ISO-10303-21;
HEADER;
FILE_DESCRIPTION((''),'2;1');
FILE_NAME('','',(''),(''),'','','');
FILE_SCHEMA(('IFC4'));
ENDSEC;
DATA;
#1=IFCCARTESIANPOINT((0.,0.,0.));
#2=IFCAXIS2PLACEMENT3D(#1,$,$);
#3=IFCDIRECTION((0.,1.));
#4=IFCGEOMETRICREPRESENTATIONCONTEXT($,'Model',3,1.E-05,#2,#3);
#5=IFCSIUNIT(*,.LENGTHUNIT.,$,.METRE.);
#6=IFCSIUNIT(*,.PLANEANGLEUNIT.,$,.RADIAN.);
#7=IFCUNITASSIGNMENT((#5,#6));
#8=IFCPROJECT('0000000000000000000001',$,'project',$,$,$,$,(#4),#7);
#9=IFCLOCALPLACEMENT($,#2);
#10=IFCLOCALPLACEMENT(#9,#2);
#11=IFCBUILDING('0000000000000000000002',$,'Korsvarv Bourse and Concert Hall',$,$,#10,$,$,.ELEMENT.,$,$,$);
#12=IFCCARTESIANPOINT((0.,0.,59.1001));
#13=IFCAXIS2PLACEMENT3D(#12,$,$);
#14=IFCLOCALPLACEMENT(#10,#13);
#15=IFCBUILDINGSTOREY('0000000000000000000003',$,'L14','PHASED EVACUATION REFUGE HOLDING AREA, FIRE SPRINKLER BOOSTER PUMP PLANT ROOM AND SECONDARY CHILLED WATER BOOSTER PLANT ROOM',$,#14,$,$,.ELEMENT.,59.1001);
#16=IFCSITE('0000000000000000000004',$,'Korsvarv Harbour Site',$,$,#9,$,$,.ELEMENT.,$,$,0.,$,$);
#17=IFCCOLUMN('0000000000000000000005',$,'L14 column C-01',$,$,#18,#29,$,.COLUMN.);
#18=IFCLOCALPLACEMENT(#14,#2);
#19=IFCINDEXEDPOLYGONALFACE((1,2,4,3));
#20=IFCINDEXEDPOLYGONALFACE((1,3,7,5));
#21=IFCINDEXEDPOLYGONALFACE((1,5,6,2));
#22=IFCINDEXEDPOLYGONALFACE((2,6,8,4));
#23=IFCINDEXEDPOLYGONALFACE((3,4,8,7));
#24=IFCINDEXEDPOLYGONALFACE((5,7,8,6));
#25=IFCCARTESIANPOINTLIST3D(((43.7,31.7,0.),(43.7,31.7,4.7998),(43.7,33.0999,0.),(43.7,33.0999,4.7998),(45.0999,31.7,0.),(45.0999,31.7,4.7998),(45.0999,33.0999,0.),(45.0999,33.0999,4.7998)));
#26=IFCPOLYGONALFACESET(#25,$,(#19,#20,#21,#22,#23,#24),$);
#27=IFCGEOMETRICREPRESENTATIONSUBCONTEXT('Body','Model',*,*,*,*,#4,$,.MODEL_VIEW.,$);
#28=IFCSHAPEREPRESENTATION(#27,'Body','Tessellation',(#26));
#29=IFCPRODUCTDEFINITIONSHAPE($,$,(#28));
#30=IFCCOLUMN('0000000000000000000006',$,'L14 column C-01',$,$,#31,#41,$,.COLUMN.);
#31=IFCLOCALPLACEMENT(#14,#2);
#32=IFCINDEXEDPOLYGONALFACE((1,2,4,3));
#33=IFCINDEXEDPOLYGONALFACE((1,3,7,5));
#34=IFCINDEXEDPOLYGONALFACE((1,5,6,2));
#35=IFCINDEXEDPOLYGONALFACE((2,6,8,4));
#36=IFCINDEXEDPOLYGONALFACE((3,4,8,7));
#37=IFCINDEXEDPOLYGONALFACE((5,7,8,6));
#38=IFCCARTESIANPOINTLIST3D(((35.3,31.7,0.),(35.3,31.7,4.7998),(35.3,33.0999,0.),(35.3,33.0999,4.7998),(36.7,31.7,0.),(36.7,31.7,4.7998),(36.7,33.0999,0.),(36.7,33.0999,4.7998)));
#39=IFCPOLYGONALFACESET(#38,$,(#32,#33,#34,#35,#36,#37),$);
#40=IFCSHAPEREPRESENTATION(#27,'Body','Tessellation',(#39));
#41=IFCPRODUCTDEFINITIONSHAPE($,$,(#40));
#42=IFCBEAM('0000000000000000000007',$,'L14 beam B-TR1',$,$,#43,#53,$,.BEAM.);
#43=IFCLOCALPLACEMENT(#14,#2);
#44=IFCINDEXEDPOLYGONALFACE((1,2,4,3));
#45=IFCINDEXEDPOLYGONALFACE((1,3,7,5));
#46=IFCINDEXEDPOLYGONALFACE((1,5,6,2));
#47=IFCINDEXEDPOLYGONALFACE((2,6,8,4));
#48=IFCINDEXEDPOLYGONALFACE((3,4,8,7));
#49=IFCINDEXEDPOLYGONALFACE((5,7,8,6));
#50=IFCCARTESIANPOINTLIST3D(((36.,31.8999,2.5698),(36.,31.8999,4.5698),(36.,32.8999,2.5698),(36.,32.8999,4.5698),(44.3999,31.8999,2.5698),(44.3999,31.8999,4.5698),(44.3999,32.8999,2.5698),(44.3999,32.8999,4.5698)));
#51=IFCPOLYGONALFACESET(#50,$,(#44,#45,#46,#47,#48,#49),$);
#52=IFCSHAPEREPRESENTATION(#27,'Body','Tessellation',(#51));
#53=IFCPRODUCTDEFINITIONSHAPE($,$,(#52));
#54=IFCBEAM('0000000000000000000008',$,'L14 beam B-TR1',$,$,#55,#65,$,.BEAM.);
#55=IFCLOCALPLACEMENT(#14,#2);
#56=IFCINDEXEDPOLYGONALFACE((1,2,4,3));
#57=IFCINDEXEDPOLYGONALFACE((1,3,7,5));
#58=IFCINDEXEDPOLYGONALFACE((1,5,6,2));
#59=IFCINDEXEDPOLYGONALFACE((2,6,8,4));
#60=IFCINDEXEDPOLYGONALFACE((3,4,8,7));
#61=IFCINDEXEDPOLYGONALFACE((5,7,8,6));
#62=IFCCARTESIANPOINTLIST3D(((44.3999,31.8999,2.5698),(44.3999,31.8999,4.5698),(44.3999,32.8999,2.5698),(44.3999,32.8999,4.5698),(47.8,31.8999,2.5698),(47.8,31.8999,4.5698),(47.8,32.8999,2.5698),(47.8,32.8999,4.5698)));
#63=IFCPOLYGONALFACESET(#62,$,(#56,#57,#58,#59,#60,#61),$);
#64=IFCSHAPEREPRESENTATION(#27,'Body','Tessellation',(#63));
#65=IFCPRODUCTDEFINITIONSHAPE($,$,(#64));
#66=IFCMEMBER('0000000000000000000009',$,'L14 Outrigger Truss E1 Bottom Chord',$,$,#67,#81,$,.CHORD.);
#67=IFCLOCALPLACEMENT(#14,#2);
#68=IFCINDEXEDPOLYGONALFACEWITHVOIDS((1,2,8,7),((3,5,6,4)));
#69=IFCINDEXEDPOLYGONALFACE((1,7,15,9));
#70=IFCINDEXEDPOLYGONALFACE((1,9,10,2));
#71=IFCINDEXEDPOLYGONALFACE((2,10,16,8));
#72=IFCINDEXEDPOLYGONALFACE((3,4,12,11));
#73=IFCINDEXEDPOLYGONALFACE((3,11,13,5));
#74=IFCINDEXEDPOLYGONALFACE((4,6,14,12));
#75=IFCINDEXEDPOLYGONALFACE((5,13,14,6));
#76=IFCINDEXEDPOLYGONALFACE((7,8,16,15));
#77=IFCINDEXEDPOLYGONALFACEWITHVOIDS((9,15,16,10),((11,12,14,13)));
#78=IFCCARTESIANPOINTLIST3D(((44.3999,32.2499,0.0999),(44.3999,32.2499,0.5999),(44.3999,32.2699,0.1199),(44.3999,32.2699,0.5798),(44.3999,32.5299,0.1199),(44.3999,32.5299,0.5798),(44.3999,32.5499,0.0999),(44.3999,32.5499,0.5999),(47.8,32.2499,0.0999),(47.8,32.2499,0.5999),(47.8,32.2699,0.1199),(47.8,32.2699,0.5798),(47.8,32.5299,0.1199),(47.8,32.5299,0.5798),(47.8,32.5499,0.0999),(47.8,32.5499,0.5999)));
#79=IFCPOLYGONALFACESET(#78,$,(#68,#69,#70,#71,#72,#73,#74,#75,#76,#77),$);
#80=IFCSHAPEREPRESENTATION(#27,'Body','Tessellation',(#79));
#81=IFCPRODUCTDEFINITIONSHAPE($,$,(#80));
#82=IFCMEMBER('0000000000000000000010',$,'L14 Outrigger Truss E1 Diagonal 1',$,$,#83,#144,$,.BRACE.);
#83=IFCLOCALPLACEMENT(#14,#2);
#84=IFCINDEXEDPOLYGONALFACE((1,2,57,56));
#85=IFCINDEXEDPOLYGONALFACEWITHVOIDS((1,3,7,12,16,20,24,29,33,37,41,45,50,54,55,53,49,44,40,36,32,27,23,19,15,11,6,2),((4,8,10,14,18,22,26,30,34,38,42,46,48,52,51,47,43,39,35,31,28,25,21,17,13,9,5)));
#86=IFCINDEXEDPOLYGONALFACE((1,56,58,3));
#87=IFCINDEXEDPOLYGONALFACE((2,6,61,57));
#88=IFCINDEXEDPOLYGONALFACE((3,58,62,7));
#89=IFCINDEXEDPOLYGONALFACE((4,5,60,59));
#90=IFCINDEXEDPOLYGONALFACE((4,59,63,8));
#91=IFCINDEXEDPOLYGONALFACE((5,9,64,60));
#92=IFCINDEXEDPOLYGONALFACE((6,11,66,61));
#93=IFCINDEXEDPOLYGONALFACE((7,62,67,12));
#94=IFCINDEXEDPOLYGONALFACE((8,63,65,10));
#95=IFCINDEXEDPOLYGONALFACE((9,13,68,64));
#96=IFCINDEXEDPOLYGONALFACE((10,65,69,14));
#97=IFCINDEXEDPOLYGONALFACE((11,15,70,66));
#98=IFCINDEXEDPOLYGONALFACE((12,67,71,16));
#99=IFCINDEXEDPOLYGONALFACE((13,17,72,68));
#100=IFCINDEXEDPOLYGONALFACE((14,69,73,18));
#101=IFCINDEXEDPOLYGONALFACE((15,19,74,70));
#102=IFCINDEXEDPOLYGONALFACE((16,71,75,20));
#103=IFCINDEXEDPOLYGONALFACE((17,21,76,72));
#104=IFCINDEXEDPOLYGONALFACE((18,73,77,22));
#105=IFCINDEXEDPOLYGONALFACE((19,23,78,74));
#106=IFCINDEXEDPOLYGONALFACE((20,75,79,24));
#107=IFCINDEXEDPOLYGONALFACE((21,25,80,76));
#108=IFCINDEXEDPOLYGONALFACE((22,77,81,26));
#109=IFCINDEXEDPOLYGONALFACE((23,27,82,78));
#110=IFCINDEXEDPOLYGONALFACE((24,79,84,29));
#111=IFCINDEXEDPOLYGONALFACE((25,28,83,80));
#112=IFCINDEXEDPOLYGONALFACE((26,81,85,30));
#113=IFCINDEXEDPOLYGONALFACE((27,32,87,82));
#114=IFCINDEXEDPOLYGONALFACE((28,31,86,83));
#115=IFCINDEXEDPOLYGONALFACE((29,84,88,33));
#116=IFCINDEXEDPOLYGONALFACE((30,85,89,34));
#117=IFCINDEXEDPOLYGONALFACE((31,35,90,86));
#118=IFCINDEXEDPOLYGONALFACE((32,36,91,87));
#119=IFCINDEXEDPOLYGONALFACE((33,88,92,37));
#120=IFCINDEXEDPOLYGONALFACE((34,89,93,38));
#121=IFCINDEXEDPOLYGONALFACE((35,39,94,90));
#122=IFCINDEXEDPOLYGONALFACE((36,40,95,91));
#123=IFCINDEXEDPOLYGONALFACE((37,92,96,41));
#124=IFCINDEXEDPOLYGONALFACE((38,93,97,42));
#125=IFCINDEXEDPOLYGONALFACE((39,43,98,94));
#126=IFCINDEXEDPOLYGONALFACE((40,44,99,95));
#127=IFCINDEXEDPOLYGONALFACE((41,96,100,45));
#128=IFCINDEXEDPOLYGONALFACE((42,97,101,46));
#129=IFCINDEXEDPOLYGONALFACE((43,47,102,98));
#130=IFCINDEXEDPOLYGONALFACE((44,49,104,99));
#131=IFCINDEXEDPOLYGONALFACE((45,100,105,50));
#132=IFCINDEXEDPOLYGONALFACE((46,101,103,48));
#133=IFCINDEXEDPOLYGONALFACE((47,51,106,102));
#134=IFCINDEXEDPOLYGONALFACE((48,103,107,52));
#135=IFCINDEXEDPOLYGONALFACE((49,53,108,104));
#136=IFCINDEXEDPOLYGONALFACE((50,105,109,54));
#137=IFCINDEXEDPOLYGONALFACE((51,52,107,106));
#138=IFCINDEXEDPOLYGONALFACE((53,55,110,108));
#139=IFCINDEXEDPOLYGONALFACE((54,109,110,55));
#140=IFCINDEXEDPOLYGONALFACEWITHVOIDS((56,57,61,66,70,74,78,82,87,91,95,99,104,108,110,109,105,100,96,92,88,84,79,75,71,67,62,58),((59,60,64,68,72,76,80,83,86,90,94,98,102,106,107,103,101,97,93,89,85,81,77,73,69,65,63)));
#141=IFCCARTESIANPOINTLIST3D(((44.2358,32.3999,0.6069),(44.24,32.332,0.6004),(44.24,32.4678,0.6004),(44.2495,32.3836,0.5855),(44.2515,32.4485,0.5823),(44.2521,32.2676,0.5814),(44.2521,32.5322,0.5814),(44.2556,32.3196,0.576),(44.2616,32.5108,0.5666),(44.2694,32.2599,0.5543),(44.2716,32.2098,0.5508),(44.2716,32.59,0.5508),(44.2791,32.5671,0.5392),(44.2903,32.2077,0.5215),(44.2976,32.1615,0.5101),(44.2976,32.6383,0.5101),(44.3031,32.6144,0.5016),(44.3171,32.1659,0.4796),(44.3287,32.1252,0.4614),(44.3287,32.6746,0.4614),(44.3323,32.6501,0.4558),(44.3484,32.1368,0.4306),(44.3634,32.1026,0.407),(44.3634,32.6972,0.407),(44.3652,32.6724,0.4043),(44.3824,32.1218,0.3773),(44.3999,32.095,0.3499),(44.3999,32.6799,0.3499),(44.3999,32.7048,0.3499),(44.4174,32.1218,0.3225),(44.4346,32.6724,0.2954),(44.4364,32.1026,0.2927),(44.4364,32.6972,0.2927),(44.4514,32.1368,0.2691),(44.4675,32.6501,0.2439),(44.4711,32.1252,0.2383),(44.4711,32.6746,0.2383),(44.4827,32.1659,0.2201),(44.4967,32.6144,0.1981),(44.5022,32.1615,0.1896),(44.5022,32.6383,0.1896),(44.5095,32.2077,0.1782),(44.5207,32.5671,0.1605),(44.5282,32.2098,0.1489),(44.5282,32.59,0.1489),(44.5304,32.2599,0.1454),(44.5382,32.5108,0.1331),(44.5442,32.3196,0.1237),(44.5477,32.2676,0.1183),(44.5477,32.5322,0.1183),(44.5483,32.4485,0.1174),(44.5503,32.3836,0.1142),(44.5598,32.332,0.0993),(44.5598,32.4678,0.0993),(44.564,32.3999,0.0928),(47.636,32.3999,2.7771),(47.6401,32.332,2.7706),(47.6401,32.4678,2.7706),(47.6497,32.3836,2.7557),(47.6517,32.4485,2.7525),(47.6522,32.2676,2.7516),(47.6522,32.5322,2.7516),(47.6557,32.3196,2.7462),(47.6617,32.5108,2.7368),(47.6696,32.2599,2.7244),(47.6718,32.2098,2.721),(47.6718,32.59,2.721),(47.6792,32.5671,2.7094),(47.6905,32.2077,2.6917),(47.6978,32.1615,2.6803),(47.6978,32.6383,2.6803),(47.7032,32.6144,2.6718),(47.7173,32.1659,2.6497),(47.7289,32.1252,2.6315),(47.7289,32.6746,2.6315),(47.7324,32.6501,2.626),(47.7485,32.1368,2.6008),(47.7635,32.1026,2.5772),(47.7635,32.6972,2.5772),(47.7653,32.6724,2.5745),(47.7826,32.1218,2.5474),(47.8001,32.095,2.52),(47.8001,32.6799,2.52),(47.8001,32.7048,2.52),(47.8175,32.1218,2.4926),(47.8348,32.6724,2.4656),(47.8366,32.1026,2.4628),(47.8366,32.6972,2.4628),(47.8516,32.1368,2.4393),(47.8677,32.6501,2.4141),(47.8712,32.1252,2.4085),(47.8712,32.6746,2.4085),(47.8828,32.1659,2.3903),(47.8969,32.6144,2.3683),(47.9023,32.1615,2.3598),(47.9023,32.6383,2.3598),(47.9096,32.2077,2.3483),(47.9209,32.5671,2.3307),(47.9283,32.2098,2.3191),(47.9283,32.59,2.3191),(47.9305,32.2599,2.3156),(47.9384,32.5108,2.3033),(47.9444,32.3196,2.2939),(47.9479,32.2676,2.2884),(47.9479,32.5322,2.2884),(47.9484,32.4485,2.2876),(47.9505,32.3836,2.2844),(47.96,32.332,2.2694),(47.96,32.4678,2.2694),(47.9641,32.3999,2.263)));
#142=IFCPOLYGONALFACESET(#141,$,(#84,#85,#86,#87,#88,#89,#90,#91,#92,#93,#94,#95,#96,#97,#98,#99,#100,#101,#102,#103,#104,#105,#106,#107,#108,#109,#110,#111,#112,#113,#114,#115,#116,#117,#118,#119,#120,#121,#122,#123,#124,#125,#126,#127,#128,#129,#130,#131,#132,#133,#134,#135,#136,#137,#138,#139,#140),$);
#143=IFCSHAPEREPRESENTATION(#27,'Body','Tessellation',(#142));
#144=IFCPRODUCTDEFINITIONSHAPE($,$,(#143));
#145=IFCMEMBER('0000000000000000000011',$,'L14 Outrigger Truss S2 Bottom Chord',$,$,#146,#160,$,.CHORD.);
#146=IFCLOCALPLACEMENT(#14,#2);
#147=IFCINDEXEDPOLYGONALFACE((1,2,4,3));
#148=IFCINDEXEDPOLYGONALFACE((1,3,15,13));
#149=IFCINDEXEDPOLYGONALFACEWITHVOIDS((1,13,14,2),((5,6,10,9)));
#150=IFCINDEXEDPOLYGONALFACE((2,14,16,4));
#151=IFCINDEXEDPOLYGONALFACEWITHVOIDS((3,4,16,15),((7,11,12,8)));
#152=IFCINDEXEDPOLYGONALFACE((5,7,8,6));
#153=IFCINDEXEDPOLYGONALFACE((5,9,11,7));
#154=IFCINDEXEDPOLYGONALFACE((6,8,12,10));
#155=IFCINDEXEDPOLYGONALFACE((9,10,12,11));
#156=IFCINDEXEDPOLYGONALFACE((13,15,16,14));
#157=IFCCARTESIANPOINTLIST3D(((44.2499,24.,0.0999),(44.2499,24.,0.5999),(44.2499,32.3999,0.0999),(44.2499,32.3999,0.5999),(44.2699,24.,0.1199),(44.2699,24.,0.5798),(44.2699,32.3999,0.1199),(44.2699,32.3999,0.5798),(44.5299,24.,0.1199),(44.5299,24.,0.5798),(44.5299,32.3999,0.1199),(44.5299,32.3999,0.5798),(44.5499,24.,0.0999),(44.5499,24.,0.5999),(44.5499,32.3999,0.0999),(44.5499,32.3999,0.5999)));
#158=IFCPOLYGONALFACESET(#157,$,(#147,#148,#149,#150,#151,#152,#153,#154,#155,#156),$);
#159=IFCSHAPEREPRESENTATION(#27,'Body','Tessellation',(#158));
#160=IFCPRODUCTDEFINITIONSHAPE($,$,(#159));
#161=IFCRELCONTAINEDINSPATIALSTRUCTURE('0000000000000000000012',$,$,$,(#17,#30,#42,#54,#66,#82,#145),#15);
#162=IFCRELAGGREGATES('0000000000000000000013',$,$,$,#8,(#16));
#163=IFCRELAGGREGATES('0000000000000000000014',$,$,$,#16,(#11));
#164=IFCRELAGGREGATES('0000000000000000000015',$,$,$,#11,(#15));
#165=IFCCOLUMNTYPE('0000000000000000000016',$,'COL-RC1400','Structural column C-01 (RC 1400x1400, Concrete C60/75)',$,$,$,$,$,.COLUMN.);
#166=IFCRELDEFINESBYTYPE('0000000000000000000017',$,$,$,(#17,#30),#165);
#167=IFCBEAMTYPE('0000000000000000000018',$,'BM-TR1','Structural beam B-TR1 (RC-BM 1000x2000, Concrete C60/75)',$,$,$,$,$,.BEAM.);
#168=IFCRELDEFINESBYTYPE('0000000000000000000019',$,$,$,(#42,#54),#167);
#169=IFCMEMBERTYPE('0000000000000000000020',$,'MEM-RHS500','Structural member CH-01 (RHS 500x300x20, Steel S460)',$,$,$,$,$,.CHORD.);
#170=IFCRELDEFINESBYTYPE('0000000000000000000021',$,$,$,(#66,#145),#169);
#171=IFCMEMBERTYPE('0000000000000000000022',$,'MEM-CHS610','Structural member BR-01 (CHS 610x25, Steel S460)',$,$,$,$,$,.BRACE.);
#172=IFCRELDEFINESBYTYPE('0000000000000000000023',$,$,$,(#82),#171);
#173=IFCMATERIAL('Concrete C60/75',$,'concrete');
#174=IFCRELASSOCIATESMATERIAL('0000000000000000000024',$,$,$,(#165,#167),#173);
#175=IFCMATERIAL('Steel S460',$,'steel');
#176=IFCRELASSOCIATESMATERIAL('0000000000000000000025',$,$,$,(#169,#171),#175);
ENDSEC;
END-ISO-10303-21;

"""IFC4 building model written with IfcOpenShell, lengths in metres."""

from ifc_helpers import new_model, si_unit, direction, frame, origin, origin_2d, place, context, subcontext, project, spatial, rectangle, hollow_rectangle, hollow_circle, extrude, source, transform, mapped, material, material_profile, profile_set, type_object, element, save


model = new_model("IFC4")

# Units and contexts
model_context = context("Model", 3, precision=1e-05, world=origin(), true_north=direction((0.0, 1.0)))
body_context = subcontext(model_context, "Body", "Model", "MODEL_VIEW")
ifc_project = project(units=[si_unit("LENGTHUNIT", "METRE"), si_unit("PLANEANGLEUNIT", "RADIAN")], contexts=[model_context])

# Site, building, storey
site_placement = place(None, origin())
site = spatial("IfcSite", under=ifc_project, at=site_placement, Name="Korsvarv Harbour Site", CompositionType="ELEMENT", RefElevation=0.0)
building_placement = place(site_placement, origin())
building = spatial("IfcBuilding", under=site, at=building_placement, Name="Korsvarv Bourse and Concert Hall", CompositionType="ELEMENT")
storey_placement = place(building_placement, frame((0.0, 0.0, 59.1001)))
storey = spatial("IfcBuildingStorey", under=building, at=storey_placement, Name="L14", Description="PHASED EVACUATION REFUGE HOLDING AREA, FIRE SPRINKLER BOOSTER PUMP PLANT ROOM AND SECONDARY CHILLED WATER BOOSTER PLANT ROOM", CompositionType="ELEMENT", Elevation=59.1001)

# Columns
ifc_material_1 = material(Name="Concrete C60/75", Category="concrete")
ifc_material_profile_1 = material_profile(ifc_material_1, rectangle(XDim=1.3999, YDim=1.3999, at=origin_2d()), Name="RC 1400x1400")
ifc_profile_set_1 = profile_set([ifc_material_profile_1], Name="Concrete C60/75")
column_type = type_object("IfcColumnType", Name="COL-RC1400", Description="Structural column C-01 (RC 1400x1400, Concrete C60/75)", PredefinedType="COLUMN", material=ifc_profile_set_1)
shared_shape_1 = source(origin(), body_context, "Body", "SweptSolid", [
    extrude(rectangle(XDim=1.3999, YDim=1.3999, at=origin_2d()), origin(), (0.0, 0.0, 1.0), 4.7998),
])
for number, where, z_axis, x_axis, name in (
    (1, (44.3999, 32.3999, 0.0), (0.0, 0.0, 1.0), (1.0, 0.0, 0.0), "L14 column C-01"),
    (2, (36.0, 32.3999, 0.0), (0.0, 0.0, 1.0), (1.0, 0.0, 0.0), "L14 column C-01"),
):
    element("IfcColumn", number, at=place(storey_placement, frame(where, z_axis=z_axis, x_axis=x_axis)), inside=storey, type_object=column_type, Name=name, PredefinedType="COLUMN", context=body_context, shape_type="MappedRepresentation", body=[
        mapped(shared_shape_1, transform((0.0, 0.0, 0.0), scale=1.0)),
    ])

# Beams
ifc_material_profile_2 = material_profile(ifc_material_1, rectangle(XDim=1.0, YDim=2.0, at=origin_2d()), Name="RC-BM 1000x2000")
ifc_profile_set_2 = profile_set([ifc_material_profile_2], Name="Concrete C60/75")
beam_type = type_object("IfcBeamType", Name="BM-TR1", Description="Structural beam B-TR1 (RC-BM 1000x2000, Concrete C60/75)", PredefinedType="BEAM", material=ifc_profile_set_2)
shared_shape_2 = source(origin(), body_context, "Body", "SweptSolid", [
    extrude(rectangle(XDim=1.0, YDim=2.0, at=origin_2d()), origin(), (0.0, 0.0, 1.0), 8.3999),
])
beam_1_placement = place(storey_placement, frame((36.0, 32.3999, 3.5698), z_axis=(1.0, 0.0, 0.0), x_axis=(0.0, 1.0, 0.0)))
element("IfcBeam", 3, at=beam_1_placement, inside=storey, type_object=beam_type, Name="L14 beam B-TR1", PredefinedType="BEAM", context=body_context, shape_type="MappedRepresentation", body=[
    mapped(shared_shape_2, transform((0.0, 0.0, 0.0), scale=1.0)),
])
shared_shape_3 = source(origin(), body_context, "Body", "SweptSolid", [
    extrude(rectangle(XDim=1.0, YDim=2.0, at=origin_2d()), origin(), (0.0, 0.0, 1.0), 3.4001),
])
beam_2_placement = place(storey_placement, frame((44.3999, 32.3999, 3.5698), z_axis=(1.0, 0.0, 0.0), x_axis=(0.0, 1.0, 0.0)))
element("IfcBeam", 4, at=beam_2_placement, inside=storey, type_object=beam_type, Name="L14 beam B-TR1", PredefinedType="BEAM", context=body_context, shape_type="MappedRepresentation", body=[
    mapped(shared_shape_3, transform((0.0, 0.0, 0.0), scale=1.0)),
])

# Members
ifc_material_2 = material(Name="Steel S460", Category="steel")
ifc_material_profile_3 = material_profile(ifc_material_2, hollow_rectangle(XDim=0.3, YDim=0.5, WallThickness=0.02, at=origin_2d()), Name="RHS 500x300x20")
ifc_profile_set_3 = profile_set([ifc_material_profile_3], Name="Steel S460")
member_type_1 = type_object("IfcMemberType", Name="MEM-RHS500", Description="Structural member CH-01 (RHS 500x300x20, Steel S460)", PredefinedType="CHORD", material=ifc_profile_set_3)
shared_shape_4 = source(origin(), body_context, "Body", "SweptSolid", [
    extrude(hollow_rectangle(XDim=0.3, YDim=0.5, WallThickness=0.02, at=origin_2d()), origin(), (0.0, 0.0, 1.0), 3.4001),
])
member_1_placement = place(storey_placement, frame((44.3999, 32.3999, 0.3499), z_axis=(1.0, 0.0, 0.0), x_axis=(0.0, 1.0, 0.0)))
element("IfcMember", 5, at=member_1_placement, inside=storey, type_object=member_type_1, Name="L14 Outrigger Truss E1 Bottom Chord", PredefinedType="CHORD", context=body_context, shape_type="MappedRepresentation", body=[
    mapped(shared_shape_4, transform((0.0, 0.0, 0.0), scale=1.0)),
])
ifc_material_profile_4 = material_profile(ifc_material_2, hollow_circle(Radius=0.3049, WallThickness=0.0249, at=origin_2d()), Name="CHS 610x25")
ifc_profile_set_4 = profile_set([ifc_material_profile_4], Name="Steel S460")
member_type_2 = type_object("IfcMemberType", Name="MEM-CHS610", Description="Structural member BR-01 (CHS 610x25, Steel S460)", PredefinedType="BRACE", material=ifc_profile_set_4)
shared_shape_5 = source(origin(), body_context, "Body", "SweptSolid", [
    extrude(hollow_circle(Radius=0.3049, WallThickness=0.0249, at=origin_2d()), origin(), (0.0, 0.0, 1.0), 4.0337),
])
member_2_placement = place(storey_placement, frame((44.3999, 32.3999, 0.3499), z_axis=(0.842938, 0.0, 0.538011), x_axis=(0.0, 1.0, 0.0)))
element("IfcMember", 6, at=member_2_placement, inside=storey, type_object=member_type_2, Name="L14 Outrigger Truss E1 Diagonal 1", PredefinedType="BRACE", context=body_context, shape_type="MappedRepresentation", body=[
    mapped(shared_shape_5, transform((0.0, 0.0, 0.0), scale=1.0)),
])
shared_shape_6 = source(origin(), body_context, "Body", "SweptSolid", [
    extrude(hollow_rectangle(XDim=0.3, YDim=0.5, WallThickness=0.02, at=origin_2d()), origin(), (0.0, 0.0, 1.0), 8.3999),
])
member_3_placement = place(storey_placement, frame((44.3999, 32.3999, 0.3499), z_axis=(0.0, -1.0, 0.0), x_axis=(1.0, 0.0, 0.0)))
element("IfcMember", 7, at=member_3_placement, inside=storey, type_object=member_type_1, Name="L14 Outrigger Truss S2 Bottom Chord", PredefinedType="CHORD", context=body_context, shape_type="MappedRepresentation", body=[
    mapped(shared_shape_6, transform((0.0, 0.0, 0.0), scale=1.0)),
])

save(model, "model.ifc")
